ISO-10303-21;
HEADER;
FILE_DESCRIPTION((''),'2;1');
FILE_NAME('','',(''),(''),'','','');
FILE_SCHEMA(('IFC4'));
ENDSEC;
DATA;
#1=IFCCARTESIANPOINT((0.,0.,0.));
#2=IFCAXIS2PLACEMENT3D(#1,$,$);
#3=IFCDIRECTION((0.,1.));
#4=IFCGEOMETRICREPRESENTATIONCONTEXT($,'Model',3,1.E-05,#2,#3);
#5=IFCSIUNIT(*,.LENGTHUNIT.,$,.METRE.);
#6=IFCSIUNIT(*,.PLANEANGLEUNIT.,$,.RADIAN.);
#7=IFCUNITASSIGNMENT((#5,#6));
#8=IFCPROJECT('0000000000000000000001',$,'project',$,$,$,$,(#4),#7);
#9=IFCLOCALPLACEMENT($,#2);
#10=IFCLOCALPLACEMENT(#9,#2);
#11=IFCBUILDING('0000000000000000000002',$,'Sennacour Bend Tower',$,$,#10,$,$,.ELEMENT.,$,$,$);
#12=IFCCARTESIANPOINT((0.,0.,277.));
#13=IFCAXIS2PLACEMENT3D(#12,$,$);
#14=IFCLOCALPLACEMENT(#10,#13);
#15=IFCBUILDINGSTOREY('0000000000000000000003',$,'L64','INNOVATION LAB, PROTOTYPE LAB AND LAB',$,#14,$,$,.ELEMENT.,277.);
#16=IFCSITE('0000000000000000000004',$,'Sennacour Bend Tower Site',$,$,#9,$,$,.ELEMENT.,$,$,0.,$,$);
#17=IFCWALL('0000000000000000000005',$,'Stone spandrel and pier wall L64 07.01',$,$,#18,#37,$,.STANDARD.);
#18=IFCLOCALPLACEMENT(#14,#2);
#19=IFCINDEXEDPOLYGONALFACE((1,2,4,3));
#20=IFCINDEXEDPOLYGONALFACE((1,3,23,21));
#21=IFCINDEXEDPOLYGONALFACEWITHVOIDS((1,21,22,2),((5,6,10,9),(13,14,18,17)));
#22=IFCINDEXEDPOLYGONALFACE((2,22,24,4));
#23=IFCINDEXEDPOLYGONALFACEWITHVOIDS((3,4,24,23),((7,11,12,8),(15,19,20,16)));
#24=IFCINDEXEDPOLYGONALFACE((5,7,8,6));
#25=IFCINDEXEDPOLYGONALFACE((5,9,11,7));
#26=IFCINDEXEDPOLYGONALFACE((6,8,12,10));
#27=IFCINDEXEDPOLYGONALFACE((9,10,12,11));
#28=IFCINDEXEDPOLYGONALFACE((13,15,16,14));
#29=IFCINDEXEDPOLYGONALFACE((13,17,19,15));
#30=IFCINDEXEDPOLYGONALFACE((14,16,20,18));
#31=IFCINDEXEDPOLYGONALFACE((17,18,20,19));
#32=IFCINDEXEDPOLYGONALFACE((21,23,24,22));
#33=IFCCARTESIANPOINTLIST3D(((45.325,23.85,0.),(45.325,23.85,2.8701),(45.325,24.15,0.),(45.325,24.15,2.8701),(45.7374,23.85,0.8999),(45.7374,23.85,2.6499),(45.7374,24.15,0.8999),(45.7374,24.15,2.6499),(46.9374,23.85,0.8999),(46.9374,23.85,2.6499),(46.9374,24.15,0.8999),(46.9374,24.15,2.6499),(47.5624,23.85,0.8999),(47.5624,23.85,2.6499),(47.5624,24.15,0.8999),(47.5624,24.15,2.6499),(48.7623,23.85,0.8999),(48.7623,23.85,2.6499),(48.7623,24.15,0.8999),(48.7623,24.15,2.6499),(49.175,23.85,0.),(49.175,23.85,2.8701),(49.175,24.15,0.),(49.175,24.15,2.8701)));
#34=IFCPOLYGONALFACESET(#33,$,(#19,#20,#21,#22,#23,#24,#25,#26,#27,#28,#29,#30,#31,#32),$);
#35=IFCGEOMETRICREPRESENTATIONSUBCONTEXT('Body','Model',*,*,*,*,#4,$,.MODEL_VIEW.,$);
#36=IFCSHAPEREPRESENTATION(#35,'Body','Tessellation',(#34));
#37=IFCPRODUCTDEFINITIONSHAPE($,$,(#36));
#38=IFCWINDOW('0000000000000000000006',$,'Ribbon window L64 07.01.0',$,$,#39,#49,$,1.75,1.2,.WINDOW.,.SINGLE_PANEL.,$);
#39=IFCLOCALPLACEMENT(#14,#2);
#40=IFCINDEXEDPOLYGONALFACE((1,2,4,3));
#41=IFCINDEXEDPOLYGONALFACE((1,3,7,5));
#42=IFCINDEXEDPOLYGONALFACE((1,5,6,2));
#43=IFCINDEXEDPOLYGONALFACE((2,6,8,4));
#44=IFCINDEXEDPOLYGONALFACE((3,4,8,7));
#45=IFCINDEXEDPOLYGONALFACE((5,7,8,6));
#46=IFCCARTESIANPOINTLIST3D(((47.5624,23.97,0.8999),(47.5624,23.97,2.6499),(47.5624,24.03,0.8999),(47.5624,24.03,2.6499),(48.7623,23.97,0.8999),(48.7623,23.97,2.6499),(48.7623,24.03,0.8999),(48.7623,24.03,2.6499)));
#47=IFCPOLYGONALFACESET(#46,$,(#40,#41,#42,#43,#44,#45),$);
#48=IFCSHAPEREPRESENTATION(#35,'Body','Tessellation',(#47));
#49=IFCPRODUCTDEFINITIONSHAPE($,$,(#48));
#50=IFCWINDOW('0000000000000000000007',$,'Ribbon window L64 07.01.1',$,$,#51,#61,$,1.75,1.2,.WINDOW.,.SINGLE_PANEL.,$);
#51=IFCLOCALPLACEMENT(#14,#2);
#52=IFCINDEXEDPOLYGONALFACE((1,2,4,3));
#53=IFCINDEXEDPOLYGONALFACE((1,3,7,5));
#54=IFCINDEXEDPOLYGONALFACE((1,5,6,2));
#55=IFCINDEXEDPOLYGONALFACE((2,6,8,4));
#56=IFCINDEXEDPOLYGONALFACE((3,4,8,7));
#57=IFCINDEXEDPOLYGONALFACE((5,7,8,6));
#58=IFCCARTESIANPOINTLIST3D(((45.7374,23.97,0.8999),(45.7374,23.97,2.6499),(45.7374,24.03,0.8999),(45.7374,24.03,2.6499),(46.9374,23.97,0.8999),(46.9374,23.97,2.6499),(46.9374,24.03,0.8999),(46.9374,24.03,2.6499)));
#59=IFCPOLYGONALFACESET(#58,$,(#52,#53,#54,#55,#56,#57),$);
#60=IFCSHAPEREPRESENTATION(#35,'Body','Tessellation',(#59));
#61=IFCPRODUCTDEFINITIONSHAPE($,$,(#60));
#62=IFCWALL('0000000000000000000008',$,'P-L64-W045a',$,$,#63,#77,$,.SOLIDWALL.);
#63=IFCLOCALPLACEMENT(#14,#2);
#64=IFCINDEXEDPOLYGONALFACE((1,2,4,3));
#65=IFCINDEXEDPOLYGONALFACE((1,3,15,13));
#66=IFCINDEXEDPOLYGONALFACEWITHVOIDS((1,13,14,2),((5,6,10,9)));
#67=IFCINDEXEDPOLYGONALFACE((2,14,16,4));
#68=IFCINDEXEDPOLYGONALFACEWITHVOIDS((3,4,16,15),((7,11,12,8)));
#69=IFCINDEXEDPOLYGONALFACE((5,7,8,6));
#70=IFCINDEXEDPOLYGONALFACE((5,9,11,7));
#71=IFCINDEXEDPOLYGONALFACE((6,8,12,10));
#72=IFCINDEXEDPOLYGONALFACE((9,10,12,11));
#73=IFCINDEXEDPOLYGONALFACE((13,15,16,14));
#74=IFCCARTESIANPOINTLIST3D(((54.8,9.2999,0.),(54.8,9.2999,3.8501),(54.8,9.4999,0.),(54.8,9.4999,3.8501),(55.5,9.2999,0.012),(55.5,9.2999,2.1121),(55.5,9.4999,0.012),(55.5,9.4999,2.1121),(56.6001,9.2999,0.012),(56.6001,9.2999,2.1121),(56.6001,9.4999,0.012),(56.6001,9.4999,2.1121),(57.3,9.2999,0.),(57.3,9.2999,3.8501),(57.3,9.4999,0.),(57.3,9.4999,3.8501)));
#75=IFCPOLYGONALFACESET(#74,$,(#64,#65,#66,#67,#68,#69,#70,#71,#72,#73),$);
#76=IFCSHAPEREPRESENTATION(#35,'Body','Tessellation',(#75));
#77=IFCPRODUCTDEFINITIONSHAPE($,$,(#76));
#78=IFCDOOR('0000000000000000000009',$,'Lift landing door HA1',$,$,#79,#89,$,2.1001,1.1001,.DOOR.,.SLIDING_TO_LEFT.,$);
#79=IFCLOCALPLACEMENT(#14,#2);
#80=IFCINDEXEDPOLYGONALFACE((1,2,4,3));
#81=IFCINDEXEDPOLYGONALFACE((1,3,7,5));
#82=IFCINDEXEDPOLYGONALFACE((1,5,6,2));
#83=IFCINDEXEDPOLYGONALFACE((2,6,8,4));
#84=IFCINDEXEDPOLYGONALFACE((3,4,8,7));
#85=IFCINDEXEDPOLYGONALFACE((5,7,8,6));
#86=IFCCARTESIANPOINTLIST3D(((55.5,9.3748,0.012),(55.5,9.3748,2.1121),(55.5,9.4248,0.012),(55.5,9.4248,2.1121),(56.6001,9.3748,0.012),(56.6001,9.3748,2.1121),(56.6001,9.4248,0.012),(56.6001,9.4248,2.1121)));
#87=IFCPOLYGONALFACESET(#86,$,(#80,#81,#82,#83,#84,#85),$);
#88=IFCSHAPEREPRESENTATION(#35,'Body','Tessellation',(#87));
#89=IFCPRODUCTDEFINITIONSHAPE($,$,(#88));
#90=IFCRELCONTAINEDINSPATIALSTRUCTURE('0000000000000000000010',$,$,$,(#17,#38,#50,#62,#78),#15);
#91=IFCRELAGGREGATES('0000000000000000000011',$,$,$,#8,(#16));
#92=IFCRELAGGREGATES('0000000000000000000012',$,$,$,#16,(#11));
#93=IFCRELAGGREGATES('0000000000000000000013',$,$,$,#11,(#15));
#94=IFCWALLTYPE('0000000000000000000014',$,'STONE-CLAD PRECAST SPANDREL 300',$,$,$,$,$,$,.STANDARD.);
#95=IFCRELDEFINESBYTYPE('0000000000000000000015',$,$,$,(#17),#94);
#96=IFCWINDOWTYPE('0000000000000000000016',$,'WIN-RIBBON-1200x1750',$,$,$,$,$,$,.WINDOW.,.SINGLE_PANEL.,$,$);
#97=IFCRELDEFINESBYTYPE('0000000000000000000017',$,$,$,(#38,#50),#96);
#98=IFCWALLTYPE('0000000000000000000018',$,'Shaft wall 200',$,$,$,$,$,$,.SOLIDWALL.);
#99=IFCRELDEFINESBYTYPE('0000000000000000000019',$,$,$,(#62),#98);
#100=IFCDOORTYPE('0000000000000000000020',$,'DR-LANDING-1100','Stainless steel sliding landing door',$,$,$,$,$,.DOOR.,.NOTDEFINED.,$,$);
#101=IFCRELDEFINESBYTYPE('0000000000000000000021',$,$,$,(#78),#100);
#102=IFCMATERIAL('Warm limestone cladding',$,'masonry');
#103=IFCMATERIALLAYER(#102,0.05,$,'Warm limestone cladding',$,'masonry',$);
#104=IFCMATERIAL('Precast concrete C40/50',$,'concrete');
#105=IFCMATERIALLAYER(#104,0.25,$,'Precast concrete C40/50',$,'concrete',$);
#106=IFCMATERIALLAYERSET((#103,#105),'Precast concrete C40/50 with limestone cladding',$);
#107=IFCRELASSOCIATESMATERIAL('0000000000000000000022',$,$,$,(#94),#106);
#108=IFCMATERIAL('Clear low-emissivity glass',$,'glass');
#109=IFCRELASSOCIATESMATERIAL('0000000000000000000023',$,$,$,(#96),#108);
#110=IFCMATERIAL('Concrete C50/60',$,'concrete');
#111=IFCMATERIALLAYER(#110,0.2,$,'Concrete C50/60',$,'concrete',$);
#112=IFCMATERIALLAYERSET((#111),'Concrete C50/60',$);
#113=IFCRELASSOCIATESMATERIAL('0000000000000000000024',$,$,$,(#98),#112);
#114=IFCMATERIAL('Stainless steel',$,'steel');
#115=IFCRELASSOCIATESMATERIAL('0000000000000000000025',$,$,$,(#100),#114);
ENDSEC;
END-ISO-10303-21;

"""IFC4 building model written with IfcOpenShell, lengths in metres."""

from ifc_helpers import new_model, si_unit, direction, frame, frame_2d, origin, place, context, subcontext, project, spatial, rectangle, extrude, material, layer, layer_set, type_object, element, fill, save


model = new_model("IFC4")

# Units and contexts
model_context = context("Model", 3, precision=1e-05, world=origin(), true_north=direction((0.0, 1.0)))
body_context = subcontext(model_context, "Body", "Model", "MODEL_VIEW")
ifc_project = project(units=[si_unit("LENGTHUNIT", "METRE"), si_unit("PLANEANGLEUNIT", "RADIAN")], contexts=[model_context])

# Site, building, storey
site_placement = place(None, origin())
site = spatial("IfcSite", under=ifc_project, at=site_placement, Name="Sennacour Bend Tower Site", CompositionType="ELEMENT", RefElevation=0.0)
building_placement = place(site_placement, origin())
building = spatial("IfcBuilding", under=site, at=building_placement, Name="Sennacour Bend Tower", CompositionType="ELEMENT")
storey_placement = place(building_placement, frame((0.0, 0.0, 277.0)))
storey = spatial("IfcBuildingStorey", under=building, at=storey_placement, Name="L64", Description="INNOVATION LAB, PROTOTYPE LAB AND LAB", CompositionType="ELEMENT", Elevation=277.0)

# Shared definitions
ifc_material_1 = material(Name="Concrete C50/60", Category="concrete")

# Shared definitions
ifc_material_2 = material(Name="Warm limestone cladding", Category="masonry")
ifc_layer_1 = layer(ifc_material_2, 0.05, Name="Warm limestone cladding", Category="masonry")
ifc_material_3 = material(Name="Precast concrete C40/50", Category="concrete")
ifc_layer_2 = layer(ifc_material_3, 0.25, Name="Precast concrete C40/50", Category="concrete")
ifc_layer_set_1 = layer_set([ifc_layer_1, ifc_layer_2], Name="Precast concrete C40/50 with limestone cladding")
wall_type_1 = type_object("IfcWallType", Name="STONE-CLAD PRECAST SPANDREL 300", PredefinedType="STANDARD", material=ifc_layer_set_1)

# Wall, openings, windows
ifc_material_4 = material(Name="Clear low-emissivity glass", Category="glass")
window_type = type_object("IfcWindowType", Name="WIN-RIBBON-1200x1750", PartitioningType="SINGLE_PANEL", PredefinedType="WINDOW", material=ifc_material_4)
wall_1_placement = place(storey_placement, frame((49.175, 24.0, 0.0), z_axis=(0.0, 0.0, 1.0), x_axis=(-1.0, 0.0, 0.0)))
wall_1 = element("IfcWall", 1, at=wall_1_placement, inside=storey, type_object=wall_type_1, Name="Stone spandrel and pier wall L64 07.01", PredefinedType="STANDARD", context=body_context, shape_type="SweptSolid", body=[
    extrude(rectangle(XDim=3.8501, YDim=0.3, at=frame_2d((1.925, 0.0))), origin(), (0.0, 0.0, 1.0), 2.8701),
])
opening_1_placement = place(wall_1_placement, frame((0.4126, 0.0, 0.8999)))
opening_1 = element("IfcOpeningElement", 2, at=opening_1_placement, cuts=wall_1, PredefinedType="OPENING", context=body_context, shape_type="SweptSolid", body=[
    extrude(rectangle(XDim=1.2, YDim=1.75, at=frame_2d((0.6001, 0.875))), frame((0.0, 0.1602, 0.0), z_axis=(0.0, -1.0, 0.0), x_axis=(1.0, 0.0, 0.0)), (0.0, 0.0, 1.0), 0.3201),
])
opening_2_placement = place(wall_1_placement, frame((2.2375, 0.0, 0.8999)))
opening_2 = element("IfcOpeningElement", 3, at=opening_2_placement, cuts=wall_1, PredefinedType="OPENING", context=body_context, shape_type="SweptSolid", body=[
    extrude(rectangle(XDim=1.2, YDim=1.75, at=frame_2d((0.6001, 0.875))), frame((0.0, 0.1602, 0.0), z_axis=(0.0, -1.0, 0.0), x_axis=(1.0, 0.0, 0.0)), (0.0, 0.0, 1.0), 0.3201),
])
window_1_placement = place(opening_1_placement, origin())
window_1 = element("IfcWindow", 4, at=window_1_placement, inside=storey, type_object=window_type, Name="Ribbon window L64 07.01.0", OverallHeight=1.75, OverallWidth=1.2, PartitioningType="SINGLE_PANEL", PredefinedType="WINDOW", context=body_context, shape_type="SweptSolid", body=[
    extrude(rectangle(XDim=1.2, YDim=1.75, at=frame_2d((0.6001, 0.875))), frame((0.0, 0.03, 0.0), z_axis=(0.0, -1.0, 0.0), x_axis=(1.0, 0.0, 0.0)), (0.0, 0.0, 1.0), 0.0601),
])
fill(opening_1, window_1)
window_2_placement = place(opening_2_placement, origin())
window_2 = element("IfcWindow", 5, at=window_2_placement, inside=storey, type_object=window_type, Name="Ribbon window L64 07.01.1", OverallHeight=1.75, OverallWidth=1.2, PartitioningType="SINGLE_PANEL", PredefinedType="WINDOW", context=body_context, shape_type="SweptSolid", body=[
    extrude(rectangle(XDim=1.2, YDim=1.75, at=frame_2d((0.6001, 0.875))), frame((0.0, 0.03, 0.0), z_axis=(0.0, -1.0, 0.0), x_axis=(1.0, 0.0, 0.0)), (0.0, 0.0, 1.0), 0.0601),
])
fill(opening_2, window_2)

# Wall, opening, door
ifc_layer_3 = layer(ifc_material_1, 0.2, Name="Concrete C50/60", Category="concrete")
ifc_layer_set_2 = layer_set([ifc_layer_3], Name="Concrete C50/60")
wall_type_2 = type_object("IfcWallType", Name="Shaft wall 200", PredefinedType="SOLIDWALL", material=ifc_layer_set_2)
wall_2_placement = place(storey_placement, frame((54.8, 9.3999, 0.0), z_axis=(0.0, 0.0, 1.0), x_axis=(1.0, 0.0, 0.0)))
wall_2 = element("IfcWall", 6, at=wall_2_placement, inside=storey, type_object=wall_type_2, Name="P-L64-W045a", PredefinedType="SOLIDWALL", context=body_context, shape_type="SweptSolid", body=[
    extrude(rectangle(XDim=2.5, YDim=0.2, at=frame_2d((1.25, 0.0))), origin(), (0.0, 0.0, 1.0), 3.8501),
])
opening_3_placement = place(wall_2_placement, frame((0.7, 0.0, 0.012)))
opening_3 = element("IfcOpeningElement", 7, at=opening_3_placement, cuts=wall_2, PredefinedType="OPENING", context=body_context, shape_type="SweptSolid", body=[
    extrude(rectangle(XDim=1.1001, YDim=2.1001, at=frame_2d((0.55, 1.05))), frame((0.0, 0.1099, 0.0), z_axis=(0.0, -1.0, 0.0), x_axis=(1.0, 0.0, 0.0)), (0.0, 0.0, 1.0), 0.22),
])
ifc_material_5 = material(Name="Stainless steel", Category="steel")
door_type_1 = type_object("IfcDoorType", Name="DR-LANDING-1100", Description="Stainless steel sliding landing door", OperationType="NOTDEFINED", PredefinedType="DOOR", material=ifc_material_5)
door_1_placement = place(opening_3_placement, origin())
door_1 = element("IfcDoor", 8, at=door_1_placement, inside=storey, type_object=door_type_1, Name="Lift landing door HA1", OperationType="SLIDING_TO_LEFT", OverallHeight=2.1001, OverallWidth=1.1001, PredefinedType="DOOR", context=body_context, shape_type="SweptSolid", body=[
    extrude(rectangle(XDim=1.1001, YDim=2.1001, at=frame_2d((0.55, 1.05))), frame((0.0, 0.0249, 0.0), z_axis=(0.0, -1.0, 0.0), x_axis=(1.0, 0.0, 0.0)), (0.0, 0.0, 1.0), 0.05),
])
fill(opening_3, door_1)

save(model, "model.ifc")
